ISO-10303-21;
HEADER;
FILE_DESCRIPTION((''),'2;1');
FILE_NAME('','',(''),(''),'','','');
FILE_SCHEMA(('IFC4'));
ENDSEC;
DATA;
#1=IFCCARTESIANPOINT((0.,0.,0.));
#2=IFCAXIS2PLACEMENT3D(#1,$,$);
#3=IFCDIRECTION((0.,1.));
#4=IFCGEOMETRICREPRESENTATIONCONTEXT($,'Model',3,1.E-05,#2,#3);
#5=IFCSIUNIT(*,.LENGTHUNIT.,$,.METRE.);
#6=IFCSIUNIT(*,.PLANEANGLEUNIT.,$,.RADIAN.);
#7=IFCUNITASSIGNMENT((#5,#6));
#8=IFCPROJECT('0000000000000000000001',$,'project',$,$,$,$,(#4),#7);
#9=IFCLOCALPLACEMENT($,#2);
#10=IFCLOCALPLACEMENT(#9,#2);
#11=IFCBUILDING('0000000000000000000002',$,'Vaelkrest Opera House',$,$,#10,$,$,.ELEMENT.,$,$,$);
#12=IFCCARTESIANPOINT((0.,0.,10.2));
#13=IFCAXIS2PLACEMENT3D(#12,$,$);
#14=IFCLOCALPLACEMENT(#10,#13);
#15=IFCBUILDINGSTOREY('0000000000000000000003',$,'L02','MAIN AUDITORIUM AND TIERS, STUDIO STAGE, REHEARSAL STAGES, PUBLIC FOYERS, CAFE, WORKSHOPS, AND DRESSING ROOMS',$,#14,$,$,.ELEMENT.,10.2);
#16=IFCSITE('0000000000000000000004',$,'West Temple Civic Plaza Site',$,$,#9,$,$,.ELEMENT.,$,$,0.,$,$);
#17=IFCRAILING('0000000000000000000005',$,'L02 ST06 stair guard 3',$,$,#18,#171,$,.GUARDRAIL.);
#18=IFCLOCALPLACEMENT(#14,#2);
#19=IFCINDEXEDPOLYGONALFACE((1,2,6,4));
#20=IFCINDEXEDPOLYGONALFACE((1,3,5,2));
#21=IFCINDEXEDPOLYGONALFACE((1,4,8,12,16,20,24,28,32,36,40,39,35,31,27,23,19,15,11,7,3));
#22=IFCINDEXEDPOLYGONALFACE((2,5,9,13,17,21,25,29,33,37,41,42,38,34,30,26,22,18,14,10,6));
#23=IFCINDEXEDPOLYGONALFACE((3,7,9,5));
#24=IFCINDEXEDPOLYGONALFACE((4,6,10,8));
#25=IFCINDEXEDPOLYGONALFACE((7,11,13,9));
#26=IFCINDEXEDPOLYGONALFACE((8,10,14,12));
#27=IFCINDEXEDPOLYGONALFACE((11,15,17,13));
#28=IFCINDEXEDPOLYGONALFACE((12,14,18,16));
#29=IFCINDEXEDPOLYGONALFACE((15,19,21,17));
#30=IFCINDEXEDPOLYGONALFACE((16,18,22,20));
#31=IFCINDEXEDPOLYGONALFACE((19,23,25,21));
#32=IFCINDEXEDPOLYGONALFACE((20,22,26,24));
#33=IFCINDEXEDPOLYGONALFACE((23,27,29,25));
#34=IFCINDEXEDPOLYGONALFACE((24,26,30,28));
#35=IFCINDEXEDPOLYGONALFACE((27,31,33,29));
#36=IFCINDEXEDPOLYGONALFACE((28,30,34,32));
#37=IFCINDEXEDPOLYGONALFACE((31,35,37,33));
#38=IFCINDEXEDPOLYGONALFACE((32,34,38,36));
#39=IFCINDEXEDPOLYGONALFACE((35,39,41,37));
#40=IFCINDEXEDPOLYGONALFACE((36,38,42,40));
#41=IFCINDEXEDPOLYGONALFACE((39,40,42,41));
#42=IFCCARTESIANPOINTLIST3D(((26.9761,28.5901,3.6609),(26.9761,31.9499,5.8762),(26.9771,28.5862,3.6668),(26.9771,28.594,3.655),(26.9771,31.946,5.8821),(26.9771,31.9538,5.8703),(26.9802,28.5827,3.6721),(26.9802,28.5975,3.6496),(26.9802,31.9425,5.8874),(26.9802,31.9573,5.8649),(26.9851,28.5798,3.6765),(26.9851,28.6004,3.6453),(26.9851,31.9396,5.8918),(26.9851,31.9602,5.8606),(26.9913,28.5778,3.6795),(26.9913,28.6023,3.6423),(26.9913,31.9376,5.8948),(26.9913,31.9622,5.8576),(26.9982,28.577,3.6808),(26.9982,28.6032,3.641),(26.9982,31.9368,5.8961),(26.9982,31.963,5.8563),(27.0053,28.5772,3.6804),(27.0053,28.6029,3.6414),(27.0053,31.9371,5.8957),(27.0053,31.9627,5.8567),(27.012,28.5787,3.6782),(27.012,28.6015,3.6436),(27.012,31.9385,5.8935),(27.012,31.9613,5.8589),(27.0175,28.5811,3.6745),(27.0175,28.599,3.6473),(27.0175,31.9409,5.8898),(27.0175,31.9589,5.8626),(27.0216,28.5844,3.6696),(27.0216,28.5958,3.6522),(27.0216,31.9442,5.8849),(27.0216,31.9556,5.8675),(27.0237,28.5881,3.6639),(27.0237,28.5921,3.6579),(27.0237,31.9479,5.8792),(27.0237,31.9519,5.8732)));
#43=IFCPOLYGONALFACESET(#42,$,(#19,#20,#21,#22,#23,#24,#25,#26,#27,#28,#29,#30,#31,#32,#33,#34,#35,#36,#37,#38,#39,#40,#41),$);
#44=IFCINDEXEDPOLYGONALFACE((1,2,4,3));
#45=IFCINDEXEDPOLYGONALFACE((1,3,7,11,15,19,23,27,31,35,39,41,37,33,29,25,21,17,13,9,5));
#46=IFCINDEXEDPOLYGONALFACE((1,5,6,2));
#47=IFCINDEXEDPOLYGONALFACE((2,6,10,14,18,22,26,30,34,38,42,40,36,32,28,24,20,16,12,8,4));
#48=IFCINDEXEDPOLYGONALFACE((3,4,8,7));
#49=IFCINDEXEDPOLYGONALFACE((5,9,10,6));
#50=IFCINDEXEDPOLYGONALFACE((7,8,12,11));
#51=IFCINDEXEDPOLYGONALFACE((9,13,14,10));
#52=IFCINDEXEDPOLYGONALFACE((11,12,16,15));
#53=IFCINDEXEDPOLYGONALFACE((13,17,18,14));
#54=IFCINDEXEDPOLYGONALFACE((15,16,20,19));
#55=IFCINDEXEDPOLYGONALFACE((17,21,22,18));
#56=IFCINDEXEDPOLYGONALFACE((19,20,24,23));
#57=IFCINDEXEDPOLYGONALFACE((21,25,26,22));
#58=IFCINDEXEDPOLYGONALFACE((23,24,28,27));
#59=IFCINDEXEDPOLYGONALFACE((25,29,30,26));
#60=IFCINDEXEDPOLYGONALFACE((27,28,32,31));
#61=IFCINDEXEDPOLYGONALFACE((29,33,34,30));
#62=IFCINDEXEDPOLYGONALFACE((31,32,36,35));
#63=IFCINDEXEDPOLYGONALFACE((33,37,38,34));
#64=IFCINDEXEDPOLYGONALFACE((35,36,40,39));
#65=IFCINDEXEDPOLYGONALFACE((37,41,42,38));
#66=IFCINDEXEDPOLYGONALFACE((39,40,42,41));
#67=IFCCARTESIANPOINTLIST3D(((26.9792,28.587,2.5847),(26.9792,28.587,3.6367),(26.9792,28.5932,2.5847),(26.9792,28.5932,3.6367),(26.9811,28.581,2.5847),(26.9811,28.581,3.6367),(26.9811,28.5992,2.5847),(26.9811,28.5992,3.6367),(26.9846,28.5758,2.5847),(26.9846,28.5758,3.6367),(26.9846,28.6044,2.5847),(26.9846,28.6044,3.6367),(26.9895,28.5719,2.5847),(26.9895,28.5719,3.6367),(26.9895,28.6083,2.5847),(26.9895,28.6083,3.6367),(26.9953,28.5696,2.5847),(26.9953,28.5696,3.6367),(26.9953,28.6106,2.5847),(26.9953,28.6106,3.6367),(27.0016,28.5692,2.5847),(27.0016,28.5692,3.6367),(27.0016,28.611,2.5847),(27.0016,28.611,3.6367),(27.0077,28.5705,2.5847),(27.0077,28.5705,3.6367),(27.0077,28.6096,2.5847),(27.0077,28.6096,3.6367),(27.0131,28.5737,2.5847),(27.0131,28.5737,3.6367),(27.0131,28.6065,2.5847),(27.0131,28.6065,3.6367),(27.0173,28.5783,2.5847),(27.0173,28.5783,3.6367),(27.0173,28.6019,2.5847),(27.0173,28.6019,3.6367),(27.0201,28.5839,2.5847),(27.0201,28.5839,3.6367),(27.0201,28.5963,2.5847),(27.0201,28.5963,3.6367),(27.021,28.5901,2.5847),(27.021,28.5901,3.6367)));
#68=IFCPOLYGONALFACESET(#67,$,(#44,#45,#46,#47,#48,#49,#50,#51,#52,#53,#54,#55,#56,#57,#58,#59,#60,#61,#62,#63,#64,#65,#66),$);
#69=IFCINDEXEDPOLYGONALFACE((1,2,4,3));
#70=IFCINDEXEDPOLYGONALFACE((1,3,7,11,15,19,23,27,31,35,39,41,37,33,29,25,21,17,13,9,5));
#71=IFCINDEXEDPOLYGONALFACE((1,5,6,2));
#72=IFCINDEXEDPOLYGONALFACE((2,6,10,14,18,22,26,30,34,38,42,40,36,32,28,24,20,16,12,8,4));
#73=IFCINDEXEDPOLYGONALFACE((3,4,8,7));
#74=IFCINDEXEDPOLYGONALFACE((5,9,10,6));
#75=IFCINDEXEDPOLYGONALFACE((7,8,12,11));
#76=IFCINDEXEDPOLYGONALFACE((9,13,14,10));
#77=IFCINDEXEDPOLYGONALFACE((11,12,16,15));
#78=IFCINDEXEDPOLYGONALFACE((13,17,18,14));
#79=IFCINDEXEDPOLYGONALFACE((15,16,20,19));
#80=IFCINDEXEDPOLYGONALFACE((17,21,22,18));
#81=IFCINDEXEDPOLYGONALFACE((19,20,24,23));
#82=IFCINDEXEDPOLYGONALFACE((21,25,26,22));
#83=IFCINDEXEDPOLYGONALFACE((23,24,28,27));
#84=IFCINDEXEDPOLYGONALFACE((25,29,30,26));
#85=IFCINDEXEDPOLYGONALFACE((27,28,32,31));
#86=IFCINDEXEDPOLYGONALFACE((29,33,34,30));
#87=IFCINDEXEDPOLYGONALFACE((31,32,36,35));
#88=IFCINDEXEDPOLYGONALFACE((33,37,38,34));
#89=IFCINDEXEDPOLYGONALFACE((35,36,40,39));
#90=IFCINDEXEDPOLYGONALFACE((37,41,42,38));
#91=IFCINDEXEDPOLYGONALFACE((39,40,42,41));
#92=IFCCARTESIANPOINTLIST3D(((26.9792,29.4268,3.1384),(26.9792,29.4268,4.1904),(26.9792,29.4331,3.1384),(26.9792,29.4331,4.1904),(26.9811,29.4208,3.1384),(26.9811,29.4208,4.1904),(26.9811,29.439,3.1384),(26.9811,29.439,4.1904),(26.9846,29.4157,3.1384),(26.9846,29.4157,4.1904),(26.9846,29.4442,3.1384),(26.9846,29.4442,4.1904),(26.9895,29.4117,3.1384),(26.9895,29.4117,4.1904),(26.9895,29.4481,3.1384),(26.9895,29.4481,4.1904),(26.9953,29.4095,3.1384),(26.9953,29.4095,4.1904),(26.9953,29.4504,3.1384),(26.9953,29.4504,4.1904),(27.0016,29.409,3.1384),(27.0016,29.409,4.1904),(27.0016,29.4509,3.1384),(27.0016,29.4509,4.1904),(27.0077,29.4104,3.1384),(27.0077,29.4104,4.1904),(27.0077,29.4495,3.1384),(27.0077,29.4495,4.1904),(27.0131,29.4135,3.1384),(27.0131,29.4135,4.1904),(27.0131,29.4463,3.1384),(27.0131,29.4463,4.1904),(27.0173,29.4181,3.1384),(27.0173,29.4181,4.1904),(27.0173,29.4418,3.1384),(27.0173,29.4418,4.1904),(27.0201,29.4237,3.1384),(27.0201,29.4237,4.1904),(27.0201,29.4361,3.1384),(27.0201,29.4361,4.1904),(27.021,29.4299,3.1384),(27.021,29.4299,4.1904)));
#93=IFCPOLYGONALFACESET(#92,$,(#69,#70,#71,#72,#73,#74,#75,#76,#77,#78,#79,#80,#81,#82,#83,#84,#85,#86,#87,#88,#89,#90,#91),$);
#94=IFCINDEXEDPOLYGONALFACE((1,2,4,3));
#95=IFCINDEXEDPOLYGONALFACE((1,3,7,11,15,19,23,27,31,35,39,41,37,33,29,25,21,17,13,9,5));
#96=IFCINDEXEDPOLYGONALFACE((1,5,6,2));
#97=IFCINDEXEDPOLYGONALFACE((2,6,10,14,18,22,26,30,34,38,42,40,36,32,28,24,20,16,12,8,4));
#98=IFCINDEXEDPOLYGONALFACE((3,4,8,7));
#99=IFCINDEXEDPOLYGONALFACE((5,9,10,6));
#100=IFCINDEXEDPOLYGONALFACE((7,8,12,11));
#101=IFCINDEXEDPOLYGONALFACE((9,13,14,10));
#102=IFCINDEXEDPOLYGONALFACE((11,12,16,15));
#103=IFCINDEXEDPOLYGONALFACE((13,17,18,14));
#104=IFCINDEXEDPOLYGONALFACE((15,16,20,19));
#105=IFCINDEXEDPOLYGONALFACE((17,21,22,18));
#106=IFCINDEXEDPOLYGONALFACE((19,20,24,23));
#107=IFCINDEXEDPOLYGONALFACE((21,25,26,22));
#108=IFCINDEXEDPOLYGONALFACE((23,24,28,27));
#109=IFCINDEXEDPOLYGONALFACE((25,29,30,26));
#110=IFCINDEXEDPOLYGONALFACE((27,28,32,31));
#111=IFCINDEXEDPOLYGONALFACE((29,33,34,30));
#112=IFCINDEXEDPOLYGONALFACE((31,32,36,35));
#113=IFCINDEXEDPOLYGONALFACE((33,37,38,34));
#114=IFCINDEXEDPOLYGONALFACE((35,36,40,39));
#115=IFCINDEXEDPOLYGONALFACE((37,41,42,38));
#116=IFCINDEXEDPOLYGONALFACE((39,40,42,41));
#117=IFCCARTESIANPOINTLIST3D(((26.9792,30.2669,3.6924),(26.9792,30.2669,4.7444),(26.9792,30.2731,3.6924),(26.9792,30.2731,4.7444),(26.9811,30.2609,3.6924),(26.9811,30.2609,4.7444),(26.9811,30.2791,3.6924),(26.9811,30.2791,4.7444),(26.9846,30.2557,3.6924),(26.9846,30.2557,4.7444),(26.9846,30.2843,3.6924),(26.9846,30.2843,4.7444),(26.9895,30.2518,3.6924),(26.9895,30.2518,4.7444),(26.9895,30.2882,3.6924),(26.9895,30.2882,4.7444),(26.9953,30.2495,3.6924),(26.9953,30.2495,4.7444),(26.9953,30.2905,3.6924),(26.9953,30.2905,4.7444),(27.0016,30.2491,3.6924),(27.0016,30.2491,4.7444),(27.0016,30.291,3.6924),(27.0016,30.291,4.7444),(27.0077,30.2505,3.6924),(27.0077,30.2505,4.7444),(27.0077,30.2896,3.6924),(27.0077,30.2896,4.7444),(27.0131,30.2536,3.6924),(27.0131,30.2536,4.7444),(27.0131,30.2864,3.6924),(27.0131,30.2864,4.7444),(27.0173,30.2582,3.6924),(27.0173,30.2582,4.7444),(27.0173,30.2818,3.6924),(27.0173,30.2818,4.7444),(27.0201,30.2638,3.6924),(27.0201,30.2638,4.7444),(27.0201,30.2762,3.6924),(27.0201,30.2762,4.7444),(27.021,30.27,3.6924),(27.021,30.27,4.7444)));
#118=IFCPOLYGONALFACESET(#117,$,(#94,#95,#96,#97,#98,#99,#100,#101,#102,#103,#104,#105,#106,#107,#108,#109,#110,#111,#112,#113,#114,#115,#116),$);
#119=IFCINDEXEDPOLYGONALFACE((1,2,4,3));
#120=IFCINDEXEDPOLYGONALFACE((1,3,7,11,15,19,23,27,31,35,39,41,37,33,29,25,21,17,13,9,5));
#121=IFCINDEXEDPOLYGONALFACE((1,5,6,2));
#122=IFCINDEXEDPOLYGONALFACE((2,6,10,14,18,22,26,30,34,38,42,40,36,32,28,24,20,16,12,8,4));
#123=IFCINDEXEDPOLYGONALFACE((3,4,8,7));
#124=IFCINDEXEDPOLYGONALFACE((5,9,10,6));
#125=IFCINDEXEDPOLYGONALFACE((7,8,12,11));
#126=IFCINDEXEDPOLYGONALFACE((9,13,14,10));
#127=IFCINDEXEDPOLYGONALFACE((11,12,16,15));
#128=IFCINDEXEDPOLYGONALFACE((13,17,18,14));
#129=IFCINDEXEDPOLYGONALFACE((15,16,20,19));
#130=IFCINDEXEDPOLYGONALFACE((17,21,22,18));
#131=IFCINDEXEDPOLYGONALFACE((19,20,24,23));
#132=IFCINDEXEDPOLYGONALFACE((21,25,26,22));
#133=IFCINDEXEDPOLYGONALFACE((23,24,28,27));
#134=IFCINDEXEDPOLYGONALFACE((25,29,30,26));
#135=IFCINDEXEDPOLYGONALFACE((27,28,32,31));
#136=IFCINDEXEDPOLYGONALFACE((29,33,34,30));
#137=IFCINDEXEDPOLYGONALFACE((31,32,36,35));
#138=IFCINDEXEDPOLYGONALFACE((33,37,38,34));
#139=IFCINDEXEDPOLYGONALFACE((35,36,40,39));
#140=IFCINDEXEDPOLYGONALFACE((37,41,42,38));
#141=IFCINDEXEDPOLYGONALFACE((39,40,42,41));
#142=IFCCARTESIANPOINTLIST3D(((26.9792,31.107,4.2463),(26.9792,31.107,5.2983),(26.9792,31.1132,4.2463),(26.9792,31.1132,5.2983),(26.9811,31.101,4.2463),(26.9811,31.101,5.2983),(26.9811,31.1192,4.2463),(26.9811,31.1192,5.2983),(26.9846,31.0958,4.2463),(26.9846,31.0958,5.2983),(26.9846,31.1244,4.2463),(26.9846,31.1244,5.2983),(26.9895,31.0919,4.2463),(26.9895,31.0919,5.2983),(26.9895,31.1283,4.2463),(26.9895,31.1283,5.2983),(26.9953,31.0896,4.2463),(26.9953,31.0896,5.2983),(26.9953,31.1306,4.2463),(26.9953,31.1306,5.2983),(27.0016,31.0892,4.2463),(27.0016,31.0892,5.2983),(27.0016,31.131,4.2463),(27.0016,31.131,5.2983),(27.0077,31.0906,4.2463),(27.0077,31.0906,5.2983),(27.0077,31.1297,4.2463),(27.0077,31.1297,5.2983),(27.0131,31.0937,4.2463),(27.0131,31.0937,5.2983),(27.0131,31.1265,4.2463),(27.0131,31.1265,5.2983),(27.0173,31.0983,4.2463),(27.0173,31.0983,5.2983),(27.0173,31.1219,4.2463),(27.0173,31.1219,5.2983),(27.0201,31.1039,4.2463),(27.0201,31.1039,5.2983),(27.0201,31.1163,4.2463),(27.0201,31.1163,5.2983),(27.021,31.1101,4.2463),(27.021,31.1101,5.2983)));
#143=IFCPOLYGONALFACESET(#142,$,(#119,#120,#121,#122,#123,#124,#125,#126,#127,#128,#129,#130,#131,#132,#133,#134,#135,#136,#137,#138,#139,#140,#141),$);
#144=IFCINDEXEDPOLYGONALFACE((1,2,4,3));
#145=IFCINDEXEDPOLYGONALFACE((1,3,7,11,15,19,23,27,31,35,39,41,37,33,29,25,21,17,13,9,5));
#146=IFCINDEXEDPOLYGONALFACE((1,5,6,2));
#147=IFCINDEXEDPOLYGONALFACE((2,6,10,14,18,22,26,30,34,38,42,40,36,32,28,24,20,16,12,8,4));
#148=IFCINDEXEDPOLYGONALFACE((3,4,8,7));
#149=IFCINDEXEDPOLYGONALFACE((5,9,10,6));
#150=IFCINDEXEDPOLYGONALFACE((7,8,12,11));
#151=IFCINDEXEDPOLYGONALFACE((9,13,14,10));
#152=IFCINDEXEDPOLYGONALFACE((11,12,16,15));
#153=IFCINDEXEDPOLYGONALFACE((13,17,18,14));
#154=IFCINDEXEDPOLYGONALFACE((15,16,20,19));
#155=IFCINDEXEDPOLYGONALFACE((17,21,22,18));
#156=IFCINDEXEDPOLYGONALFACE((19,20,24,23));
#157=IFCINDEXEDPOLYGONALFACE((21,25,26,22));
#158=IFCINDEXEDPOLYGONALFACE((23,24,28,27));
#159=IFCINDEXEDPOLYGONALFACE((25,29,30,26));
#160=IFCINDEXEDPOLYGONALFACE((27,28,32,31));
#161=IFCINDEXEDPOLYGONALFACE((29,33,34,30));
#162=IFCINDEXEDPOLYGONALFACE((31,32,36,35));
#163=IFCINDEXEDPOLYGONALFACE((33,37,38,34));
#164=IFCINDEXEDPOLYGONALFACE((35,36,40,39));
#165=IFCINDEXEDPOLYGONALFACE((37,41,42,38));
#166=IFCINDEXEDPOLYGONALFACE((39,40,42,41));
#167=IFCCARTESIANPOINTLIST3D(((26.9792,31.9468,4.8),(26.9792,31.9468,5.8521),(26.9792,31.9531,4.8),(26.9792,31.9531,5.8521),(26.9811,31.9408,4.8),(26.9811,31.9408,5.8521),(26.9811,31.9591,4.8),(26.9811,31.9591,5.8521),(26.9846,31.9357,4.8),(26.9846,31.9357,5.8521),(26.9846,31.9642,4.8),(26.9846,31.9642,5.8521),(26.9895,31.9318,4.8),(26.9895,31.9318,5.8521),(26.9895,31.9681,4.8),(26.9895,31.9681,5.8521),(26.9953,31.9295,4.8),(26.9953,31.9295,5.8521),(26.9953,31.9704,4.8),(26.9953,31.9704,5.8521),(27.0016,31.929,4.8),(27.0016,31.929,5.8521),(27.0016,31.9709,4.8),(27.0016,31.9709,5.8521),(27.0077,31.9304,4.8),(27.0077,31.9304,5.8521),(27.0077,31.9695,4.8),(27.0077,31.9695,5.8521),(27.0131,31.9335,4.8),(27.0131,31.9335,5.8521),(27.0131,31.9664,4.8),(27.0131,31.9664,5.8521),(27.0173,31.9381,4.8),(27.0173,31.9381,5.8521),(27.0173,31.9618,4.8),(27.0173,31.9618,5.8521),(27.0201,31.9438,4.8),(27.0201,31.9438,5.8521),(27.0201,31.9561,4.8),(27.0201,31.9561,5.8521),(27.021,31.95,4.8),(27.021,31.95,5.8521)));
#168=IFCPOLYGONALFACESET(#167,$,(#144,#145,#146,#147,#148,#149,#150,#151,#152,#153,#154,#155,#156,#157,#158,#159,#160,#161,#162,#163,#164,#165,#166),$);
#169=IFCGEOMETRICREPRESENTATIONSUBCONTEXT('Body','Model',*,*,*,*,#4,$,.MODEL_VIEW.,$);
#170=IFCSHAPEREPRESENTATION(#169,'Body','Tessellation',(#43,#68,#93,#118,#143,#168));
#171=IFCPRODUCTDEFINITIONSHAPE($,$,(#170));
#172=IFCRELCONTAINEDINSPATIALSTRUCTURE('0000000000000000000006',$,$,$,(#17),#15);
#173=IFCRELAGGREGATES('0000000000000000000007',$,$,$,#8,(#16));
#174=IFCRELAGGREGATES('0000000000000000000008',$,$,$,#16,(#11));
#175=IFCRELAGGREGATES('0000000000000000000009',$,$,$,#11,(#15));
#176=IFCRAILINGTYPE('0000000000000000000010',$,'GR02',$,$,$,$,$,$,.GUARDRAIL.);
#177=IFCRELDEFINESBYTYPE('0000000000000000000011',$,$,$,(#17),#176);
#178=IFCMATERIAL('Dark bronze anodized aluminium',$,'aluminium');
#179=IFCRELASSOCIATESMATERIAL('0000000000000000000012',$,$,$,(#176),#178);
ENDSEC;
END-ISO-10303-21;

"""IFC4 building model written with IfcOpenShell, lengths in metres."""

from ifc_helpers import new_model, si_unit, direction, frame, origin, origin_2d, place, context, subcontext, project, spatial, circle, extrude, material, type_object, element, save


model = new_model("IFC4")

# Units and contexts
model_context = context("Model", 3, precision=1e-05, world=origin(), true_north=direction((0.0, 1.0)))
body_context = subcontext(model_context, "Body", "Model", "MODEL_VIEW")
ifc_project = project(units=[si_unit("LENGTHUNIT", "METRE"), si_unit("PLANEANGLEUNIT", "RADIAN")], contexts=[model_context])

# Site, building, storey
site_placement = place(None, origin())
site = spatial("IfcSite", under=ifc_project, at=site_placement, Name="West Temple Civic Plaza Site", CompositionType="ELEMENT", RefElevation=0.0)
building_placement = place(site_placement, origin())
building = spatial("IfcBuilding", under=site, at=building_placement, Name="Vaelkrest Opera House", CompositionType="ELEMENT")
storey_placement = place(building_placement, frame((0.0, 0.0, 10.2)))
storey = spatial("IfcBuildingStorey", under=building, at=storey_placement, Name="L02", Description="MAIN AUDITORIUM AND TIERS, STUDIO STAGE, REHEARSAL STAGES, PUBLIC FOYERS, CAFE, WORKSHOPS, AND DRESSING ROOMS", CompositionType="ELEMENT", Elevation=10.2)

# Railing
ifc_material_1 = material(Name="Dark bronze anodized aluminium", Category="aluminium")
railing_type_1 = type_object("IfcRailingType", Name="GR02", PredefinedType="GUARDRAIL", material=ifc_material_1)
railing_1_placement = place(storey_placement, frame((27.0, 28.5901, 2.5847)))
element("IfcRailing", 1, at=railing_1_placement, inside=storey, type_object=railing_type_1, Name="L02 ST06 stair guard 3", PredefinedType="GUARDRAIL", context=body_context, shape_type="SweptSolid", body=[
    extrude(circle(Radius=0.0239, at=origin_2d()), frame((0.0, 0.0, 1.0762), z_axis=(0.0, 0.834858, 0.550465), x_axis=(-1.0, 0.0, 0.0)), (0.0, 0.0, 1.0), 4.0244),
    extrude(circle(Radius=0.021, at=origin_2d()), origin(), (0.0, 0.0, 1.0), 1.052),
    extrude(circle(Radius=0.021, at=origin_2d()), frame((0.0, 0.8398, 0.5537)), (0.0, 0.0, 1.0), 1.052),
    extrude(circle(Radius=0.021, at=origin_2d()), frame((0.0, 1.6799, 1.1077)), (0.0, 0.0, 1.0), 1.052),
    extrude(circle(Radius=0.021, at=origin_2d()), frame((0.0, 2.52, 1.6616)), (0.0, 0.0, 1.0), 1.052),
    extrude(circle(Radius=0.021, at=origin_2d()), frame((0.0, 3.3599, 2.2153)), (0.0, 0.0, 1.0), 1.052),
])

save(model, "model.ifc")
